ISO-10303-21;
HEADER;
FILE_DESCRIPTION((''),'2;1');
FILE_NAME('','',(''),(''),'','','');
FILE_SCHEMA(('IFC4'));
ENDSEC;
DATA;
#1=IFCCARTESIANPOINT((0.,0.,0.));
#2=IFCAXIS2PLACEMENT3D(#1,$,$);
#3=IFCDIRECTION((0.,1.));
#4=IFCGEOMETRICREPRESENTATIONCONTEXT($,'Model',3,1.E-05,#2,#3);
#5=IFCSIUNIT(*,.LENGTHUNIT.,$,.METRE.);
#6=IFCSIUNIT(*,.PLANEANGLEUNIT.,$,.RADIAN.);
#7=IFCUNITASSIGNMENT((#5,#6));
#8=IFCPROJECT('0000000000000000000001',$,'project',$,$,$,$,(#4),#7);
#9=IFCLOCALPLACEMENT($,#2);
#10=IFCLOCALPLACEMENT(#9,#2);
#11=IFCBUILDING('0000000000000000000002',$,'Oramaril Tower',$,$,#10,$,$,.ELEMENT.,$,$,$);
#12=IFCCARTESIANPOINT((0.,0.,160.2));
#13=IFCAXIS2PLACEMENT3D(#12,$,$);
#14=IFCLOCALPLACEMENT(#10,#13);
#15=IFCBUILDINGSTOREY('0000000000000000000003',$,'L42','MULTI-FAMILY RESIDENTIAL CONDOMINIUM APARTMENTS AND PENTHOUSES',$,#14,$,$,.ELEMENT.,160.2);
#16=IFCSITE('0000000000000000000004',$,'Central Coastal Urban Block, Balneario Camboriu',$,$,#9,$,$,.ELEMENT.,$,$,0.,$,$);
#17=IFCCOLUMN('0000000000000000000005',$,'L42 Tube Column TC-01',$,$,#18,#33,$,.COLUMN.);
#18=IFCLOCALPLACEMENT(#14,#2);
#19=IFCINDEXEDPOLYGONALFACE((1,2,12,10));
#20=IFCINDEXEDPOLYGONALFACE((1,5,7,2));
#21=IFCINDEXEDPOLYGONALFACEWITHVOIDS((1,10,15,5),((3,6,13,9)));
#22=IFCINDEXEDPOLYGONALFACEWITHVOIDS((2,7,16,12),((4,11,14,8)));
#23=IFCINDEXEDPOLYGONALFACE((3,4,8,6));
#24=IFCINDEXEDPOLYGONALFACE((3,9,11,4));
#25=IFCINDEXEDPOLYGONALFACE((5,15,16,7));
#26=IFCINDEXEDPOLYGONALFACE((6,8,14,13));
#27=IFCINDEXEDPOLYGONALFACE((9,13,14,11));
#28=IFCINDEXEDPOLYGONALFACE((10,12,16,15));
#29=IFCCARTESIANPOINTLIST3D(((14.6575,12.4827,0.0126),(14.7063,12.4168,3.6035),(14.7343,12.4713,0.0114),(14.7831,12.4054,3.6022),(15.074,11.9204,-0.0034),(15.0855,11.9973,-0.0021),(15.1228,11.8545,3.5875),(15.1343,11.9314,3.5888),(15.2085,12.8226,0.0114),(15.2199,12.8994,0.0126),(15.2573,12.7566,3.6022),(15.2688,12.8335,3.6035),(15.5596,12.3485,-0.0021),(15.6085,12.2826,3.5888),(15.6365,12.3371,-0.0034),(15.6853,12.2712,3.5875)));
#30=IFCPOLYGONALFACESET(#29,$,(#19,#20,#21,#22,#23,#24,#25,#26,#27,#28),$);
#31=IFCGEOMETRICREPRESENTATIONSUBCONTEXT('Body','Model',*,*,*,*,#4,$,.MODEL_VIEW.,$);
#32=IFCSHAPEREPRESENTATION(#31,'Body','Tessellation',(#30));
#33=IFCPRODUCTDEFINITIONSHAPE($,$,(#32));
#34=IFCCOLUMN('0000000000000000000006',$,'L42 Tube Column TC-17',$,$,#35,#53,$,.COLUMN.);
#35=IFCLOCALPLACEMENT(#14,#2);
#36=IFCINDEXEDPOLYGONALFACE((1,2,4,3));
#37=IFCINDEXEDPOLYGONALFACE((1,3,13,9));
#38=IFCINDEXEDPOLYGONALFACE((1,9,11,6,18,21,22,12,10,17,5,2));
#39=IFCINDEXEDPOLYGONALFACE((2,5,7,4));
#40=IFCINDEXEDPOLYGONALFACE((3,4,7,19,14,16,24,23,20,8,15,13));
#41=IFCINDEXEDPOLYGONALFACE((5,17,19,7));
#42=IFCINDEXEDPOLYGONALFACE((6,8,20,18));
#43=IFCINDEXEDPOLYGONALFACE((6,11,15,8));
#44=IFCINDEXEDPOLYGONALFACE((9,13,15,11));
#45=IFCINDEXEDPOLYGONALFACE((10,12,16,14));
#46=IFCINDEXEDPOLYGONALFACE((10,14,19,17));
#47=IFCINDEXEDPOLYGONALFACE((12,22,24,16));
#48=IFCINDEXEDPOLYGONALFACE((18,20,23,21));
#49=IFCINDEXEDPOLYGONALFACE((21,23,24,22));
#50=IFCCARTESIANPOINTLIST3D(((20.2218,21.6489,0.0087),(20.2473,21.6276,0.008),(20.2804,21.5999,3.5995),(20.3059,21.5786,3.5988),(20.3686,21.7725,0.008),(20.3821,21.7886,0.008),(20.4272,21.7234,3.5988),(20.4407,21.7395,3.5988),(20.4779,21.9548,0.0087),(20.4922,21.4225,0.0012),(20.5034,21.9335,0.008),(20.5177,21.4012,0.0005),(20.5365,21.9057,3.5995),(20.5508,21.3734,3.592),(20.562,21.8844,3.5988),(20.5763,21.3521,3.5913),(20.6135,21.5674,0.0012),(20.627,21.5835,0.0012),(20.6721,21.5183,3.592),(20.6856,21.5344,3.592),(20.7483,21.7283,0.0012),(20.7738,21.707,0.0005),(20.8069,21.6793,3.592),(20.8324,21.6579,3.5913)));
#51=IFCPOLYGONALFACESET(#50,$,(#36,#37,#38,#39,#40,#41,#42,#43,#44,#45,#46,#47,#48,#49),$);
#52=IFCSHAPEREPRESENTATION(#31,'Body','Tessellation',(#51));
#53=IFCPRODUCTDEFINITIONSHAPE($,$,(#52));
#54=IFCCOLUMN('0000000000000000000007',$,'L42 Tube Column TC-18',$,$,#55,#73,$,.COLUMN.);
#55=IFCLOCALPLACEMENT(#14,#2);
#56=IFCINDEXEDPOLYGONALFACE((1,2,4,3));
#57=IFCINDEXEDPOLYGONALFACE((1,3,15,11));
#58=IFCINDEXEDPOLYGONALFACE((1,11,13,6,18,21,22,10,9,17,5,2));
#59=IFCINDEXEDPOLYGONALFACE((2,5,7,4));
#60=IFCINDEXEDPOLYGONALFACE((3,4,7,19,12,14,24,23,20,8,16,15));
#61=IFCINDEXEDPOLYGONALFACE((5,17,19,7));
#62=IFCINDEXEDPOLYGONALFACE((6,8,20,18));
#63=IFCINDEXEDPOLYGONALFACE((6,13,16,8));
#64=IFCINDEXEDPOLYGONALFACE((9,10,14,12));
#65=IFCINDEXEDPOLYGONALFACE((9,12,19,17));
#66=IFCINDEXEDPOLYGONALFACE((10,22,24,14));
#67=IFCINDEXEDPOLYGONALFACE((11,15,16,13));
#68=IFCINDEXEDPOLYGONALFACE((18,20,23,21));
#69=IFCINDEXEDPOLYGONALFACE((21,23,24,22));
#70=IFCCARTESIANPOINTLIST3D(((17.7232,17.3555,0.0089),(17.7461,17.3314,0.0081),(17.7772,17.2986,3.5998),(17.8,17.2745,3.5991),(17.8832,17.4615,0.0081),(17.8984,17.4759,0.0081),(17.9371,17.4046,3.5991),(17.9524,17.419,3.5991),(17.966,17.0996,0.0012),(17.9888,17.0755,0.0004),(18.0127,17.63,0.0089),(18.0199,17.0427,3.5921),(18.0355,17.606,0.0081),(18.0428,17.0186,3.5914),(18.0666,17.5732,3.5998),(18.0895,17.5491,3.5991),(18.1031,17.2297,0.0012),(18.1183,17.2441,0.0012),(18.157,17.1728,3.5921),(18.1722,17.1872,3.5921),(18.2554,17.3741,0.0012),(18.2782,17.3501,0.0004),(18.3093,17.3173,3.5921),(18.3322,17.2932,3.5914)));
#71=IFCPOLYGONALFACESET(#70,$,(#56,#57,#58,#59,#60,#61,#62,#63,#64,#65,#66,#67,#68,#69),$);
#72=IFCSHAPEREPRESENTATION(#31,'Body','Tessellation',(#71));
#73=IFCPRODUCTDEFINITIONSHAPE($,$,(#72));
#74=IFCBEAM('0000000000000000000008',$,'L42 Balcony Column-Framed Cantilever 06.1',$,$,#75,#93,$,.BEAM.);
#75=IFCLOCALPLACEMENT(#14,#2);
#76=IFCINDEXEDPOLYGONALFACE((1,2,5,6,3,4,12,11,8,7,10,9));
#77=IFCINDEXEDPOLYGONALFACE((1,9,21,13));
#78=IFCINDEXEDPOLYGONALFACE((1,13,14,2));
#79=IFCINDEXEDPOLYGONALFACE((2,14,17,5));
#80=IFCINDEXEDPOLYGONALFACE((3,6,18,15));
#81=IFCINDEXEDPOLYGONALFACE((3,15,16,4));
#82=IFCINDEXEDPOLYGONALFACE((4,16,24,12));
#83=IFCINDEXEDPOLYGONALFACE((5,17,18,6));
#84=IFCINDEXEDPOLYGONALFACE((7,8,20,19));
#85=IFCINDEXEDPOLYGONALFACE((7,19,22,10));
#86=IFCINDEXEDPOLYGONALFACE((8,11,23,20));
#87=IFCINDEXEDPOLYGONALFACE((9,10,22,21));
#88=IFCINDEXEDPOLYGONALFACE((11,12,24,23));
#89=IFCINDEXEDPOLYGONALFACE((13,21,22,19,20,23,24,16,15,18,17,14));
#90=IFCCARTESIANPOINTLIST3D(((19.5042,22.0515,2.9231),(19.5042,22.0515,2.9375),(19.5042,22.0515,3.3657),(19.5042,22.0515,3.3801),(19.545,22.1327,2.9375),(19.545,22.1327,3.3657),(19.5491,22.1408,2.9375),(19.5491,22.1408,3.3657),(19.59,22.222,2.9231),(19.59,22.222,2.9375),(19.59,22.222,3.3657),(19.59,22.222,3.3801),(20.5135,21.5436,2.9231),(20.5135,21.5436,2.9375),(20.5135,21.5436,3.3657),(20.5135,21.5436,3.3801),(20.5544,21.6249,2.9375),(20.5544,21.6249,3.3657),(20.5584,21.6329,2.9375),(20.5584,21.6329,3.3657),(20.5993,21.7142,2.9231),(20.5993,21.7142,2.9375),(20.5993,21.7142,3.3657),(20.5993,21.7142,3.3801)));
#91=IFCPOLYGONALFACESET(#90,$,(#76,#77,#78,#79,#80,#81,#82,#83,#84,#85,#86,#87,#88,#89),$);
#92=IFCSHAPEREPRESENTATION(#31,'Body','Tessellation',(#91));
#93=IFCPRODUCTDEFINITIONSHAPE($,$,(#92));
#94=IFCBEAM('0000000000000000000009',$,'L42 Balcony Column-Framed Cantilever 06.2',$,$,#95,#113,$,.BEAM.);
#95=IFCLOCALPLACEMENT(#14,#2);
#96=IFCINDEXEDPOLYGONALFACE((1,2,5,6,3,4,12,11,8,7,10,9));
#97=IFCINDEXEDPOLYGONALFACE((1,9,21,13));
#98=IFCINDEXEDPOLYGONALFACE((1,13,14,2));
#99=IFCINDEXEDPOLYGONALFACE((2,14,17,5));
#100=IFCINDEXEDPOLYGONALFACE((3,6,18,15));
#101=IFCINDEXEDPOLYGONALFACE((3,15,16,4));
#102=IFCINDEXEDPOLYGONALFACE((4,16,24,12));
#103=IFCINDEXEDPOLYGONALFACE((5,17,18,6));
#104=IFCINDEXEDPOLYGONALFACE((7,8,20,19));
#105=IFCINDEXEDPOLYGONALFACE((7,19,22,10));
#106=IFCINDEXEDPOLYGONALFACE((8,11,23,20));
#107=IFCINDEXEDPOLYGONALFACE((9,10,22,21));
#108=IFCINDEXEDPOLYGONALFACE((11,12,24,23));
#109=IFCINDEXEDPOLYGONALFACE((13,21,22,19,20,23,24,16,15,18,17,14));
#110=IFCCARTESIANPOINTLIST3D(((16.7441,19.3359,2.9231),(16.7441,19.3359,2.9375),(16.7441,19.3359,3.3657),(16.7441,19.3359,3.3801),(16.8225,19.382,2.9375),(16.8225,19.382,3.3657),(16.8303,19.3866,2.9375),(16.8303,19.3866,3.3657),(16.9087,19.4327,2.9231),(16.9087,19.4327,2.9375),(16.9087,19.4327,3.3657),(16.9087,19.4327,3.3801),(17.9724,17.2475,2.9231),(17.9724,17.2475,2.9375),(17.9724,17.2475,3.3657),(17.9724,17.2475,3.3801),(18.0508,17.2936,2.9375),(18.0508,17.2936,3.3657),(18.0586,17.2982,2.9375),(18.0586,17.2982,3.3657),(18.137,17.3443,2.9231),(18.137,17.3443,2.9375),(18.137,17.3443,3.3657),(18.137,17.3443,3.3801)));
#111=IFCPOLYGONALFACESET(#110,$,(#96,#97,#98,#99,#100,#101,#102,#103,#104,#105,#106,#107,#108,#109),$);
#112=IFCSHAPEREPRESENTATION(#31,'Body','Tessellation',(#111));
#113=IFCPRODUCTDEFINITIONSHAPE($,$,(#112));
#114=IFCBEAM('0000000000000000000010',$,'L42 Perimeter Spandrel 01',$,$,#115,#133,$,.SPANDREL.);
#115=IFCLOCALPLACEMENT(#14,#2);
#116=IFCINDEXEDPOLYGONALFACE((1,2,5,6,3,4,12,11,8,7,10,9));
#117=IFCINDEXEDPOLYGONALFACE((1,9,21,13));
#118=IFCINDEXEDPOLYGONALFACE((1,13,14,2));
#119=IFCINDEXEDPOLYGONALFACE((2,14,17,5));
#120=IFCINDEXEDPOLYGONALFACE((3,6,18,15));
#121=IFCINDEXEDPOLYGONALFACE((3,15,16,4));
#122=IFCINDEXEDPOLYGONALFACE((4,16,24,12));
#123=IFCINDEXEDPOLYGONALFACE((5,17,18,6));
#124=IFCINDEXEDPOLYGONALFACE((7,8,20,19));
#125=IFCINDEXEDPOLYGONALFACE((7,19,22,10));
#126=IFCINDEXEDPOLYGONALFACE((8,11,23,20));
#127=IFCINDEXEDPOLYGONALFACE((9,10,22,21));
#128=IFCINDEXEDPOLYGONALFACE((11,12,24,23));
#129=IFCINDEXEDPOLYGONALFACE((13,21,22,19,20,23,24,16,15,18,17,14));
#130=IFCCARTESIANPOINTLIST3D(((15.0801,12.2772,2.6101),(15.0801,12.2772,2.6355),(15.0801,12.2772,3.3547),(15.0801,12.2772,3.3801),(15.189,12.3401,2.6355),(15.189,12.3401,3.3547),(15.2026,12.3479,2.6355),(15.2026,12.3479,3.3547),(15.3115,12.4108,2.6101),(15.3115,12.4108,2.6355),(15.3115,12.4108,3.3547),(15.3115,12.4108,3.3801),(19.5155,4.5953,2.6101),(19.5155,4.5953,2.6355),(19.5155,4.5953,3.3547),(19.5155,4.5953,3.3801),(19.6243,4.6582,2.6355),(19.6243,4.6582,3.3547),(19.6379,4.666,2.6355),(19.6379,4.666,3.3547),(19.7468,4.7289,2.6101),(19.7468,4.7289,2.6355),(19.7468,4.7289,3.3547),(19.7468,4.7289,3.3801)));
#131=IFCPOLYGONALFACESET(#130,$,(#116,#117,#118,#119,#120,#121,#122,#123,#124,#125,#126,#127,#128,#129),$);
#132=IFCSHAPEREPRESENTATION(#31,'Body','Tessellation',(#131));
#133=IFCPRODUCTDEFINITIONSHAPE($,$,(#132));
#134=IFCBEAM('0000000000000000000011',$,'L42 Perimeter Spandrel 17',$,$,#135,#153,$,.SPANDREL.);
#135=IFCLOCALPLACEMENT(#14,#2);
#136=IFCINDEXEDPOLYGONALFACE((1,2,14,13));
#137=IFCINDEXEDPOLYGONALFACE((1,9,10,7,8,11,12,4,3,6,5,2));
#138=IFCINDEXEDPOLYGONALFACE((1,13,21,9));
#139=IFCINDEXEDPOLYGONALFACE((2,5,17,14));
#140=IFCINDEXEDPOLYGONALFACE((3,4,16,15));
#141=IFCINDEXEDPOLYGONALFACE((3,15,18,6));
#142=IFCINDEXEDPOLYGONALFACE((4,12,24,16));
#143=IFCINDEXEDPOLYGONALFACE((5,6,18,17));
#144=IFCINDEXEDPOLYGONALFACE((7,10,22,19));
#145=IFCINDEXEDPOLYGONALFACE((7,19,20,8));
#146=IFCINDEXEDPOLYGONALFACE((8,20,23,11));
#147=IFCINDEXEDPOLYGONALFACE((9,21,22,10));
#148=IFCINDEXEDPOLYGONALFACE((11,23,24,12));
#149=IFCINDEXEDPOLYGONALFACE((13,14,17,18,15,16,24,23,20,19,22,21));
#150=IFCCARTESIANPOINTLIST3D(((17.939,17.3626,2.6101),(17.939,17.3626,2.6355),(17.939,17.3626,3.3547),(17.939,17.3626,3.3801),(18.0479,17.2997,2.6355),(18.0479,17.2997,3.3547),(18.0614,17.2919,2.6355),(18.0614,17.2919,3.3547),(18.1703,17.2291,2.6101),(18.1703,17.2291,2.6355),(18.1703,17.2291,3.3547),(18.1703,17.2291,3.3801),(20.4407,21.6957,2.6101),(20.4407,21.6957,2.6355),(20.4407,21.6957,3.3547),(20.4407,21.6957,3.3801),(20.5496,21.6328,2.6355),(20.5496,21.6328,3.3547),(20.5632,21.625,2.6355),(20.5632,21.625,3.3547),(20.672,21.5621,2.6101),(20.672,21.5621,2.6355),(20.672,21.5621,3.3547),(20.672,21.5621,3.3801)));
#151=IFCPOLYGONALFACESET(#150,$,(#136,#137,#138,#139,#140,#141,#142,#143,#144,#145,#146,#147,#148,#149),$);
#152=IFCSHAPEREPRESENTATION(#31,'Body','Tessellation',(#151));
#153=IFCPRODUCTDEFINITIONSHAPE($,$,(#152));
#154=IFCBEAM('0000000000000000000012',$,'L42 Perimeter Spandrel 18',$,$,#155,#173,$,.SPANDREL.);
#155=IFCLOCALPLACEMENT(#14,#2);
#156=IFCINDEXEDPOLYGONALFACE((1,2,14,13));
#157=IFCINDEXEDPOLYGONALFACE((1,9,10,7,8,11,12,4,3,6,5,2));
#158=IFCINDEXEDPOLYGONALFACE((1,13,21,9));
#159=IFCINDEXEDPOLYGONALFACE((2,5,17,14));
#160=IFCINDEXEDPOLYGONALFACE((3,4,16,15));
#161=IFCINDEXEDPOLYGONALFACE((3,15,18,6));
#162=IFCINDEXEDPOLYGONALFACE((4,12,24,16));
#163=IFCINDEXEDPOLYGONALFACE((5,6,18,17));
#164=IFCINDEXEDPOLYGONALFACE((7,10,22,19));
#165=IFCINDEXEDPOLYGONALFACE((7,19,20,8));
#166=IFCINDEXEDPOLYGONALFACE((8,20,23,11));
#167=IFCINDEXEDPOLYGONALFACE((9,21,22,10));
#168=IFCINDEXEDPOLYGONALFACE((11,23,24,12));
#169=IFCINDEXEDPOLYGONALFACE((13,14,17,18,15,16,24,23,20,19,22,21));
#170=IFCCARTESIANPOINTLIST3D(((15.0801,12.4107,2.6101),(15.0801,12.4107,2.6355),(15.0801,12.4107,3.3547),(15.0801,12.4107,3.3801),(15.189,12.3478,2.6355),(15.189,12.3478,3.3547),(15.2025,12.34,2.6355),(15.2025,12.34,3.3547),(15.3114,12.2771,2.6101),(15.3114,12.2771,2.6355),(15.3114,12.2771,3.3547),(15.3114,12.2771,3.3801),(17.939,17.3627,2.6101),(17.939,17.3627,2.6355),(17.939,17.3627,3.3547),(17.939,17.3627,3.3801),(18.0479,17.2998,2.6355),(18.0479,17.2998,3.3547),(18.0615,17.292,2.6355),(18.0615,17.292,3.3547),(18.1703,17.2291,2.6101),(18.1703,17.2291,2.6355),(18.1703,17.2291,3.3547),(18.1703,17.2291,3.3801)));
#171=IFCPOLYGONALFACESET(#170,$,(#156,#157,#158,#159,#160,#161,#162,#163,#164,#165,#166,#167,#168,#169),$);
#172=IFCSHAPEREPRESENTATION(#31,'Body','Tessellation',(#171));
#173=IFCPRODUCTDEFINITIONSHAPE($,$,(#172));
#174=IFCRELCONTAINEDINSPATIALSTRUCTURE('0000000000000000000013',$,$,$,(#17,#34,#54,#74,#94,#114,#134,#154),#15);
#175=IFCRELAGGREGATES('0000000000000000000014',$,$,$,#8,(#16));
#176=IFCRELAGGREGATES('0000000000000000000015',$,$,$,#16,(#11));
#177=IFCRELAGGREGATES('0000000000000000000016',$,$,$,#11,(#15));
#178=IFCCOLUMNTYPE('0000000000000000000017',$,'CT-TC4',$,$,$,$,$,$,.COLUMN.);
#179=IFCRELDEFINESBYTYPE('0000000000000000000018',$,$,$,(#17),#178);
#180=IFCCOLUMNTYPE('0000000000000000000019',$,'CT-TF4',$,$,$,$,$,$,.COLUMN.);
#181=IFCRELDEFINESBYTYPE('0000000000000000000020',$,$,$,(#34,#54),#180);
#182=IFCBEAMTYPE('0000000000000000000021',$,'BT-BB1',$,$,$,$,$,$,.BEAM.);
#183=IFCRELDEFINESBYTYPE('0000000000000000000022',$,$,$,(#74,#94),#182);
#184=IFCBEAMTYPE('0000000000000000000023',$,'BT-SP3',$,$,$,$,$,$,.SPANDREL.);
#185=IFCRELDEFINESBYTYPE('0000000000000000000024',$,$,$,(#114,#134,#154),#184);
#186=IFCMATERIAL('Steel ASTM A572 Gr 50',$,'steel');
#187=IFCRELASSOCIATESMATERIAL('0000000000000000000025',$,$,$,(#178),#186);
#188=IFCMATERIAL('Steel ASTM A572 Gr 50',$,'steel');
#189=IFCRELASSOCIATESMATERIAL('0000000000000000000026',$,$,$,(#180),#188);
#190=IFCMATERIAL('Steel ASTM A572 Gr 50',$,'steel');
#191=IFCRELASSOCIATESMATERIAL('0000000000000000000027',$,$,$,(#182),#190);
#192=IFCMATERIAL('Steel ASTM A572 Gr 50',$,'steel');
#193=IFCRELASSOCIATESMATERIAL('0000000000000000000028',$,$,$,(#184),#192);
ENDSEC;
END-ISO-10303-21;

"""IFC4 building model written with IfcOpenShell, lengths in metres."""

from ifc_helpers import new_model, si_unit, direction, frame, origin, origin_2d, place, context, subcontext, project, spatial, hollow_rectangle, i_section, extrude, material, material_profile, profile_set, type_object, element, save


model = new_model("IFC4")

# Units and contexts
model_context = context("Model", 3, precision=1e-05, world=origin(), true_north=direction((0.0, 1.0)))
body_context = subcontext(model_context, "Body", "Model", "MODEL_VIEW")
ifc_project = project(units=[si_unit("LENGTHUNIT", "METRE"), si_unit("PLANEANGLEUNIT", "RADIAN")], contexts=[model_context])

# Site, building, storey
site_placement = place(None, origin())
site = spatial("IfcSite", under=ifc_project, at=site_placement, Name="Central Coastal Urban Block, Balneario Camboriu", CompositionType="ELEMENT", RefElevation=0.0)
building_placement = place(site_placement, origin())
building = spatial("IfcBuilding", under=site, at=building_placement, Name="Oramaril Tower", CompositionType="ELEMENT")
storey_placement = place(building_placement, frame((0.0, 0.0, 160.2)))
storey = spatial("IfcBuildingStorey", under=building, at=storey_placement, Name="L42", Description="MULTI-FAMILY RESIDENTIAL CONDOMINIUM APARTMENTS AND PENTHOUSES", CompositionType="ELEMENT", Elevation=160.2)

# Columns
ifc_material_1 = material(Name="Steel ASTM A572 Gr 50", Category="steel")
ifc_material_profile_1 = material_profile(ifc_material_1, hollow_rectangle(XDim=0.7, YDim=0.7, WallThickness=0.0549, at=origin_2d()), Name="BOX700X700X55")
ifc_profile_set_1 = profile_set([ifc_material_profile_1], Name="Steel ASTM A572 Gr 50")
column_type_1 = type_object("IfcColumnType", Name="CT-TC4", PredefinedType="COLUMN", material=ifc_profile_set_1)
column_1_placement = place(storey_placement, frame((15.147, 12.4099, 0.0046), z_axis=(0.013594, -0.018353, 0.999739), x_axis=(0.803557, 0.595228, 0.0)))
element("IfcColumn", 1, at=column_1_placement, inside=storey, type_object=column_type_1, Name="L42 Tube Column TC-01", PredefinedType="COLUMN", context=body_context, shape_type="SweptSolid", body=[
    extrude(hollow_rectangle(XDim=0.7, YDim=0.7, WallThickness=0.0549, at=origin_2d()), origin(), (0.0, 0.0, 1.0), 3.5918),
])
ifc_material_2 = material(Name="Steel ASTM A572 Gr 50", Category="steel")
ifc_material_profile_2 = material_profile(ifc_material_2, i_section(OverallWidth=0.3989, OverallDepth=0.386, WebThickness=0.021, FlangeThickness=0.0332, at=origin_2d()), Name="W14X176")
ifc_profile_set_2 = profile_set([ifc_material_profile_2], Name="Steel ASTM A572 Gr 50")
column_type_2 = type_object("IfcColumnType", Name="CT-TF4", PredefinedType="COLUMN", material=ifc_profile_set_2)
column_2_placement = place(storey_placement, frame((20.4978, 21.678, 0.0046), z_axis=(0.016314, -0.013663, 0.999774), x_axis=(0.642068, 0.766648, 0.0)))
element("IfcColumn", 2, at=column_2_placement, inside=storey, type_object=column_type_2, Name="L42 Tube Column TC-17", PredefinedType="COLUMN", context=body_context, shape_type="SweptSolid", body=[
    extrude(i_section(OverallWidth=0.3989, OverallDepth=0.386, WebThickness=0.021, FlangeThickness=0.0332, at=origin_2d()), origin(), (0.0, 0.0, 1.0), 3.5916),
])
column_3_placement = place(storey_placement, frame((18.0007, 17.3528, 0.0046), z_axis=(0.015022, -0.015838, 0.999762), x_axis=(0.725543, 0.688176, 0.0)))
element("IfcColumn", 3, at=column_3_placement, inside=storey, type_object=column_type_2, Name="L42 Tube Column TC-18", PredefinedType="COLUMN", context=body_context, shape_type="SweptSolid", body=[
    extrude(i_section(OverallWidth=0.3989, OverallDepth=0.386, WebThickness=0.021, FlangeThickness=0.0332, at=origin_2d()), origin(), (0.0, 0.0, 1.0), 3.5918),
])

# Beams
ifc_material_3 = material(Name="Steel ASTM A572 Gr 50", Category="steel")
ifc_material_profile_3 = material_profile(ifc_material_3, i_section(OverallWidth=0.1909, OverallDepth=0.457, WebThickness=0.009, FlangeThickness=0.0144, at=origin_2d()), Name="W18X50")
ifc_profile_set_3 = profile_set([ifc_material_profile_3], Name="Steel ASTM A572 Gr 50")
beam_type_1 = type_object("IfcBeamType", Name="BT-BB1", PredefinedType="BEAM", material=ifc_profile_set_3)
beam_1_placement = place(storey_placement, frame((20.5564, 21.6289, 3.1516), z_axis=(-0.893301, 0.449459, 0.0), x_axis=(-0.449459, -0.893301, 0.0)))
element("IfcBeam", 4, at=beam_1_placement, inside=storey, type_object=beam_type_1, Name="L42 Balcony Column-Framed Cantilever 06.1", PredefinedType="BEAM", context=body_context, shape_type="SweptSolid", body=[
    extrude(i_section(OverallWidth=0.1909, OverallDepth=0.457, WebThickness=0.009, FlangeThickness=0.0144, at=origin_2d()), origin(), (0.0, 0.0, 1.0), 1.1299),
])
beam_2_placement = place(storey_placement, frame((18.0547, 17.2959, 3.1516), z_axis=(-0.506963, 0.861968, 0.0), x_axis=(-0.861968, -0.506963, 0.0)))
element("IfcBeam", 5, at=beam_2_placement, inside=storey, type_object=beam_type_1, Name="L42 Balcony Column-Framed Cantilever 06.2", PredefinedType="BEAM", context=body_context, shape_type="SweptSolid", body=[
    extrude(i_section(OverallWidth=0.1909, OverallDepth=0.457, WebThickness=0.009, FlangeThickness=0.0144, at=origin_2d()), origin(), (0.0, 0.0, 1.0), 2.4229),
])
ifc_material_4 = material(Name="Steel ASTM A572 Gr 50", Category="steel")
ifc_material_profile_4 = material_profile(ifc_material_4, i_section(OverallWidth=0.2671, OverallDepth=0.77, WebThickness=0.0156, FlangeThickness=0.0254, at=origin_2d()), Name="W30X132")
ifc_profile_set_4 = profile_set([ifc_material_profile_4], Name="Steel ASTM A572 Gr 50")
beam_type_2 = type_object("IfcBeamType", Name="BT-SP3", PredefinedType="SPANDREL", material=ifc_profile_set_4)
beam_3_placement = place(storey_placement, frame((15.1958, 12.344, 2.9951), z_axis=(0.500014, -0.866017, 0.0), x_axis=(0.866017, 0.500014, 0.0)))
element("IfcBeam", 6, at=beam_3_placement, inside=storey, type_object=beam_type_2, Name="L42 Perimeter Spandrel 01", PredefinedType="SPANDREL", context=body_context, shape_type="SweptSolid", body=[
    extrude(i_section(OverallWidth=0.2671, OverallDepth=0.77, WebThickness=0.0156, FlangeThickness=0.0254, at=origin_2d()), origin(), (0.0, 0.0, 1.0), 8.8704),
])
beam_4_placement = place(storey_placement, frame((20.5564, 21.6289, 2.9951), z_axis=(-0.500007, -0.866021, 0.0), x_axis=(0.866021, -0.500007, 0.0)))
element("IfcBeam", 7, at=beam_4_placement, inside=storey, type_object=beam_type_2, Name="L42 Perimeter Spandrel 17", PredefinedType="SPANDREL", context=body_context, shape_type="SweptSolid", body=[
    extrude(i_section(OverallWidth=0.2671, OverallDepth=0.77, WebThickness=0.0156, FlangeThickness=0.0254, at=origin_2d()), origin(), (0.0, 0.0, 1.0), 5.0034),
])
beam_5_placement = place(storey_placement, frame((18.0547, 17.2959, 2.9951), z_axis=(-0.499987, -0.866033, 0.0), x_axis=(0.866033, -0.499987, 0.0)))
element("IfcBeam", 8, at=beam_5_placement, inside=storey, type_object=beam_type_2, Name="L42 Perimeter Spandrel 18", PredefinedType="SPANDREL", context=body_context, shape_type="SweptSolid", body=[
    extrude(i_section(OverallWidth=0.2671, OverallDepth=0.77, WebThickness=0.0156, FlangeThickness=0.0254, at=origin_2d()), origin(), (0.0, 0.0, 1.0), 5.718),
])

save(model, "model.ifc")
